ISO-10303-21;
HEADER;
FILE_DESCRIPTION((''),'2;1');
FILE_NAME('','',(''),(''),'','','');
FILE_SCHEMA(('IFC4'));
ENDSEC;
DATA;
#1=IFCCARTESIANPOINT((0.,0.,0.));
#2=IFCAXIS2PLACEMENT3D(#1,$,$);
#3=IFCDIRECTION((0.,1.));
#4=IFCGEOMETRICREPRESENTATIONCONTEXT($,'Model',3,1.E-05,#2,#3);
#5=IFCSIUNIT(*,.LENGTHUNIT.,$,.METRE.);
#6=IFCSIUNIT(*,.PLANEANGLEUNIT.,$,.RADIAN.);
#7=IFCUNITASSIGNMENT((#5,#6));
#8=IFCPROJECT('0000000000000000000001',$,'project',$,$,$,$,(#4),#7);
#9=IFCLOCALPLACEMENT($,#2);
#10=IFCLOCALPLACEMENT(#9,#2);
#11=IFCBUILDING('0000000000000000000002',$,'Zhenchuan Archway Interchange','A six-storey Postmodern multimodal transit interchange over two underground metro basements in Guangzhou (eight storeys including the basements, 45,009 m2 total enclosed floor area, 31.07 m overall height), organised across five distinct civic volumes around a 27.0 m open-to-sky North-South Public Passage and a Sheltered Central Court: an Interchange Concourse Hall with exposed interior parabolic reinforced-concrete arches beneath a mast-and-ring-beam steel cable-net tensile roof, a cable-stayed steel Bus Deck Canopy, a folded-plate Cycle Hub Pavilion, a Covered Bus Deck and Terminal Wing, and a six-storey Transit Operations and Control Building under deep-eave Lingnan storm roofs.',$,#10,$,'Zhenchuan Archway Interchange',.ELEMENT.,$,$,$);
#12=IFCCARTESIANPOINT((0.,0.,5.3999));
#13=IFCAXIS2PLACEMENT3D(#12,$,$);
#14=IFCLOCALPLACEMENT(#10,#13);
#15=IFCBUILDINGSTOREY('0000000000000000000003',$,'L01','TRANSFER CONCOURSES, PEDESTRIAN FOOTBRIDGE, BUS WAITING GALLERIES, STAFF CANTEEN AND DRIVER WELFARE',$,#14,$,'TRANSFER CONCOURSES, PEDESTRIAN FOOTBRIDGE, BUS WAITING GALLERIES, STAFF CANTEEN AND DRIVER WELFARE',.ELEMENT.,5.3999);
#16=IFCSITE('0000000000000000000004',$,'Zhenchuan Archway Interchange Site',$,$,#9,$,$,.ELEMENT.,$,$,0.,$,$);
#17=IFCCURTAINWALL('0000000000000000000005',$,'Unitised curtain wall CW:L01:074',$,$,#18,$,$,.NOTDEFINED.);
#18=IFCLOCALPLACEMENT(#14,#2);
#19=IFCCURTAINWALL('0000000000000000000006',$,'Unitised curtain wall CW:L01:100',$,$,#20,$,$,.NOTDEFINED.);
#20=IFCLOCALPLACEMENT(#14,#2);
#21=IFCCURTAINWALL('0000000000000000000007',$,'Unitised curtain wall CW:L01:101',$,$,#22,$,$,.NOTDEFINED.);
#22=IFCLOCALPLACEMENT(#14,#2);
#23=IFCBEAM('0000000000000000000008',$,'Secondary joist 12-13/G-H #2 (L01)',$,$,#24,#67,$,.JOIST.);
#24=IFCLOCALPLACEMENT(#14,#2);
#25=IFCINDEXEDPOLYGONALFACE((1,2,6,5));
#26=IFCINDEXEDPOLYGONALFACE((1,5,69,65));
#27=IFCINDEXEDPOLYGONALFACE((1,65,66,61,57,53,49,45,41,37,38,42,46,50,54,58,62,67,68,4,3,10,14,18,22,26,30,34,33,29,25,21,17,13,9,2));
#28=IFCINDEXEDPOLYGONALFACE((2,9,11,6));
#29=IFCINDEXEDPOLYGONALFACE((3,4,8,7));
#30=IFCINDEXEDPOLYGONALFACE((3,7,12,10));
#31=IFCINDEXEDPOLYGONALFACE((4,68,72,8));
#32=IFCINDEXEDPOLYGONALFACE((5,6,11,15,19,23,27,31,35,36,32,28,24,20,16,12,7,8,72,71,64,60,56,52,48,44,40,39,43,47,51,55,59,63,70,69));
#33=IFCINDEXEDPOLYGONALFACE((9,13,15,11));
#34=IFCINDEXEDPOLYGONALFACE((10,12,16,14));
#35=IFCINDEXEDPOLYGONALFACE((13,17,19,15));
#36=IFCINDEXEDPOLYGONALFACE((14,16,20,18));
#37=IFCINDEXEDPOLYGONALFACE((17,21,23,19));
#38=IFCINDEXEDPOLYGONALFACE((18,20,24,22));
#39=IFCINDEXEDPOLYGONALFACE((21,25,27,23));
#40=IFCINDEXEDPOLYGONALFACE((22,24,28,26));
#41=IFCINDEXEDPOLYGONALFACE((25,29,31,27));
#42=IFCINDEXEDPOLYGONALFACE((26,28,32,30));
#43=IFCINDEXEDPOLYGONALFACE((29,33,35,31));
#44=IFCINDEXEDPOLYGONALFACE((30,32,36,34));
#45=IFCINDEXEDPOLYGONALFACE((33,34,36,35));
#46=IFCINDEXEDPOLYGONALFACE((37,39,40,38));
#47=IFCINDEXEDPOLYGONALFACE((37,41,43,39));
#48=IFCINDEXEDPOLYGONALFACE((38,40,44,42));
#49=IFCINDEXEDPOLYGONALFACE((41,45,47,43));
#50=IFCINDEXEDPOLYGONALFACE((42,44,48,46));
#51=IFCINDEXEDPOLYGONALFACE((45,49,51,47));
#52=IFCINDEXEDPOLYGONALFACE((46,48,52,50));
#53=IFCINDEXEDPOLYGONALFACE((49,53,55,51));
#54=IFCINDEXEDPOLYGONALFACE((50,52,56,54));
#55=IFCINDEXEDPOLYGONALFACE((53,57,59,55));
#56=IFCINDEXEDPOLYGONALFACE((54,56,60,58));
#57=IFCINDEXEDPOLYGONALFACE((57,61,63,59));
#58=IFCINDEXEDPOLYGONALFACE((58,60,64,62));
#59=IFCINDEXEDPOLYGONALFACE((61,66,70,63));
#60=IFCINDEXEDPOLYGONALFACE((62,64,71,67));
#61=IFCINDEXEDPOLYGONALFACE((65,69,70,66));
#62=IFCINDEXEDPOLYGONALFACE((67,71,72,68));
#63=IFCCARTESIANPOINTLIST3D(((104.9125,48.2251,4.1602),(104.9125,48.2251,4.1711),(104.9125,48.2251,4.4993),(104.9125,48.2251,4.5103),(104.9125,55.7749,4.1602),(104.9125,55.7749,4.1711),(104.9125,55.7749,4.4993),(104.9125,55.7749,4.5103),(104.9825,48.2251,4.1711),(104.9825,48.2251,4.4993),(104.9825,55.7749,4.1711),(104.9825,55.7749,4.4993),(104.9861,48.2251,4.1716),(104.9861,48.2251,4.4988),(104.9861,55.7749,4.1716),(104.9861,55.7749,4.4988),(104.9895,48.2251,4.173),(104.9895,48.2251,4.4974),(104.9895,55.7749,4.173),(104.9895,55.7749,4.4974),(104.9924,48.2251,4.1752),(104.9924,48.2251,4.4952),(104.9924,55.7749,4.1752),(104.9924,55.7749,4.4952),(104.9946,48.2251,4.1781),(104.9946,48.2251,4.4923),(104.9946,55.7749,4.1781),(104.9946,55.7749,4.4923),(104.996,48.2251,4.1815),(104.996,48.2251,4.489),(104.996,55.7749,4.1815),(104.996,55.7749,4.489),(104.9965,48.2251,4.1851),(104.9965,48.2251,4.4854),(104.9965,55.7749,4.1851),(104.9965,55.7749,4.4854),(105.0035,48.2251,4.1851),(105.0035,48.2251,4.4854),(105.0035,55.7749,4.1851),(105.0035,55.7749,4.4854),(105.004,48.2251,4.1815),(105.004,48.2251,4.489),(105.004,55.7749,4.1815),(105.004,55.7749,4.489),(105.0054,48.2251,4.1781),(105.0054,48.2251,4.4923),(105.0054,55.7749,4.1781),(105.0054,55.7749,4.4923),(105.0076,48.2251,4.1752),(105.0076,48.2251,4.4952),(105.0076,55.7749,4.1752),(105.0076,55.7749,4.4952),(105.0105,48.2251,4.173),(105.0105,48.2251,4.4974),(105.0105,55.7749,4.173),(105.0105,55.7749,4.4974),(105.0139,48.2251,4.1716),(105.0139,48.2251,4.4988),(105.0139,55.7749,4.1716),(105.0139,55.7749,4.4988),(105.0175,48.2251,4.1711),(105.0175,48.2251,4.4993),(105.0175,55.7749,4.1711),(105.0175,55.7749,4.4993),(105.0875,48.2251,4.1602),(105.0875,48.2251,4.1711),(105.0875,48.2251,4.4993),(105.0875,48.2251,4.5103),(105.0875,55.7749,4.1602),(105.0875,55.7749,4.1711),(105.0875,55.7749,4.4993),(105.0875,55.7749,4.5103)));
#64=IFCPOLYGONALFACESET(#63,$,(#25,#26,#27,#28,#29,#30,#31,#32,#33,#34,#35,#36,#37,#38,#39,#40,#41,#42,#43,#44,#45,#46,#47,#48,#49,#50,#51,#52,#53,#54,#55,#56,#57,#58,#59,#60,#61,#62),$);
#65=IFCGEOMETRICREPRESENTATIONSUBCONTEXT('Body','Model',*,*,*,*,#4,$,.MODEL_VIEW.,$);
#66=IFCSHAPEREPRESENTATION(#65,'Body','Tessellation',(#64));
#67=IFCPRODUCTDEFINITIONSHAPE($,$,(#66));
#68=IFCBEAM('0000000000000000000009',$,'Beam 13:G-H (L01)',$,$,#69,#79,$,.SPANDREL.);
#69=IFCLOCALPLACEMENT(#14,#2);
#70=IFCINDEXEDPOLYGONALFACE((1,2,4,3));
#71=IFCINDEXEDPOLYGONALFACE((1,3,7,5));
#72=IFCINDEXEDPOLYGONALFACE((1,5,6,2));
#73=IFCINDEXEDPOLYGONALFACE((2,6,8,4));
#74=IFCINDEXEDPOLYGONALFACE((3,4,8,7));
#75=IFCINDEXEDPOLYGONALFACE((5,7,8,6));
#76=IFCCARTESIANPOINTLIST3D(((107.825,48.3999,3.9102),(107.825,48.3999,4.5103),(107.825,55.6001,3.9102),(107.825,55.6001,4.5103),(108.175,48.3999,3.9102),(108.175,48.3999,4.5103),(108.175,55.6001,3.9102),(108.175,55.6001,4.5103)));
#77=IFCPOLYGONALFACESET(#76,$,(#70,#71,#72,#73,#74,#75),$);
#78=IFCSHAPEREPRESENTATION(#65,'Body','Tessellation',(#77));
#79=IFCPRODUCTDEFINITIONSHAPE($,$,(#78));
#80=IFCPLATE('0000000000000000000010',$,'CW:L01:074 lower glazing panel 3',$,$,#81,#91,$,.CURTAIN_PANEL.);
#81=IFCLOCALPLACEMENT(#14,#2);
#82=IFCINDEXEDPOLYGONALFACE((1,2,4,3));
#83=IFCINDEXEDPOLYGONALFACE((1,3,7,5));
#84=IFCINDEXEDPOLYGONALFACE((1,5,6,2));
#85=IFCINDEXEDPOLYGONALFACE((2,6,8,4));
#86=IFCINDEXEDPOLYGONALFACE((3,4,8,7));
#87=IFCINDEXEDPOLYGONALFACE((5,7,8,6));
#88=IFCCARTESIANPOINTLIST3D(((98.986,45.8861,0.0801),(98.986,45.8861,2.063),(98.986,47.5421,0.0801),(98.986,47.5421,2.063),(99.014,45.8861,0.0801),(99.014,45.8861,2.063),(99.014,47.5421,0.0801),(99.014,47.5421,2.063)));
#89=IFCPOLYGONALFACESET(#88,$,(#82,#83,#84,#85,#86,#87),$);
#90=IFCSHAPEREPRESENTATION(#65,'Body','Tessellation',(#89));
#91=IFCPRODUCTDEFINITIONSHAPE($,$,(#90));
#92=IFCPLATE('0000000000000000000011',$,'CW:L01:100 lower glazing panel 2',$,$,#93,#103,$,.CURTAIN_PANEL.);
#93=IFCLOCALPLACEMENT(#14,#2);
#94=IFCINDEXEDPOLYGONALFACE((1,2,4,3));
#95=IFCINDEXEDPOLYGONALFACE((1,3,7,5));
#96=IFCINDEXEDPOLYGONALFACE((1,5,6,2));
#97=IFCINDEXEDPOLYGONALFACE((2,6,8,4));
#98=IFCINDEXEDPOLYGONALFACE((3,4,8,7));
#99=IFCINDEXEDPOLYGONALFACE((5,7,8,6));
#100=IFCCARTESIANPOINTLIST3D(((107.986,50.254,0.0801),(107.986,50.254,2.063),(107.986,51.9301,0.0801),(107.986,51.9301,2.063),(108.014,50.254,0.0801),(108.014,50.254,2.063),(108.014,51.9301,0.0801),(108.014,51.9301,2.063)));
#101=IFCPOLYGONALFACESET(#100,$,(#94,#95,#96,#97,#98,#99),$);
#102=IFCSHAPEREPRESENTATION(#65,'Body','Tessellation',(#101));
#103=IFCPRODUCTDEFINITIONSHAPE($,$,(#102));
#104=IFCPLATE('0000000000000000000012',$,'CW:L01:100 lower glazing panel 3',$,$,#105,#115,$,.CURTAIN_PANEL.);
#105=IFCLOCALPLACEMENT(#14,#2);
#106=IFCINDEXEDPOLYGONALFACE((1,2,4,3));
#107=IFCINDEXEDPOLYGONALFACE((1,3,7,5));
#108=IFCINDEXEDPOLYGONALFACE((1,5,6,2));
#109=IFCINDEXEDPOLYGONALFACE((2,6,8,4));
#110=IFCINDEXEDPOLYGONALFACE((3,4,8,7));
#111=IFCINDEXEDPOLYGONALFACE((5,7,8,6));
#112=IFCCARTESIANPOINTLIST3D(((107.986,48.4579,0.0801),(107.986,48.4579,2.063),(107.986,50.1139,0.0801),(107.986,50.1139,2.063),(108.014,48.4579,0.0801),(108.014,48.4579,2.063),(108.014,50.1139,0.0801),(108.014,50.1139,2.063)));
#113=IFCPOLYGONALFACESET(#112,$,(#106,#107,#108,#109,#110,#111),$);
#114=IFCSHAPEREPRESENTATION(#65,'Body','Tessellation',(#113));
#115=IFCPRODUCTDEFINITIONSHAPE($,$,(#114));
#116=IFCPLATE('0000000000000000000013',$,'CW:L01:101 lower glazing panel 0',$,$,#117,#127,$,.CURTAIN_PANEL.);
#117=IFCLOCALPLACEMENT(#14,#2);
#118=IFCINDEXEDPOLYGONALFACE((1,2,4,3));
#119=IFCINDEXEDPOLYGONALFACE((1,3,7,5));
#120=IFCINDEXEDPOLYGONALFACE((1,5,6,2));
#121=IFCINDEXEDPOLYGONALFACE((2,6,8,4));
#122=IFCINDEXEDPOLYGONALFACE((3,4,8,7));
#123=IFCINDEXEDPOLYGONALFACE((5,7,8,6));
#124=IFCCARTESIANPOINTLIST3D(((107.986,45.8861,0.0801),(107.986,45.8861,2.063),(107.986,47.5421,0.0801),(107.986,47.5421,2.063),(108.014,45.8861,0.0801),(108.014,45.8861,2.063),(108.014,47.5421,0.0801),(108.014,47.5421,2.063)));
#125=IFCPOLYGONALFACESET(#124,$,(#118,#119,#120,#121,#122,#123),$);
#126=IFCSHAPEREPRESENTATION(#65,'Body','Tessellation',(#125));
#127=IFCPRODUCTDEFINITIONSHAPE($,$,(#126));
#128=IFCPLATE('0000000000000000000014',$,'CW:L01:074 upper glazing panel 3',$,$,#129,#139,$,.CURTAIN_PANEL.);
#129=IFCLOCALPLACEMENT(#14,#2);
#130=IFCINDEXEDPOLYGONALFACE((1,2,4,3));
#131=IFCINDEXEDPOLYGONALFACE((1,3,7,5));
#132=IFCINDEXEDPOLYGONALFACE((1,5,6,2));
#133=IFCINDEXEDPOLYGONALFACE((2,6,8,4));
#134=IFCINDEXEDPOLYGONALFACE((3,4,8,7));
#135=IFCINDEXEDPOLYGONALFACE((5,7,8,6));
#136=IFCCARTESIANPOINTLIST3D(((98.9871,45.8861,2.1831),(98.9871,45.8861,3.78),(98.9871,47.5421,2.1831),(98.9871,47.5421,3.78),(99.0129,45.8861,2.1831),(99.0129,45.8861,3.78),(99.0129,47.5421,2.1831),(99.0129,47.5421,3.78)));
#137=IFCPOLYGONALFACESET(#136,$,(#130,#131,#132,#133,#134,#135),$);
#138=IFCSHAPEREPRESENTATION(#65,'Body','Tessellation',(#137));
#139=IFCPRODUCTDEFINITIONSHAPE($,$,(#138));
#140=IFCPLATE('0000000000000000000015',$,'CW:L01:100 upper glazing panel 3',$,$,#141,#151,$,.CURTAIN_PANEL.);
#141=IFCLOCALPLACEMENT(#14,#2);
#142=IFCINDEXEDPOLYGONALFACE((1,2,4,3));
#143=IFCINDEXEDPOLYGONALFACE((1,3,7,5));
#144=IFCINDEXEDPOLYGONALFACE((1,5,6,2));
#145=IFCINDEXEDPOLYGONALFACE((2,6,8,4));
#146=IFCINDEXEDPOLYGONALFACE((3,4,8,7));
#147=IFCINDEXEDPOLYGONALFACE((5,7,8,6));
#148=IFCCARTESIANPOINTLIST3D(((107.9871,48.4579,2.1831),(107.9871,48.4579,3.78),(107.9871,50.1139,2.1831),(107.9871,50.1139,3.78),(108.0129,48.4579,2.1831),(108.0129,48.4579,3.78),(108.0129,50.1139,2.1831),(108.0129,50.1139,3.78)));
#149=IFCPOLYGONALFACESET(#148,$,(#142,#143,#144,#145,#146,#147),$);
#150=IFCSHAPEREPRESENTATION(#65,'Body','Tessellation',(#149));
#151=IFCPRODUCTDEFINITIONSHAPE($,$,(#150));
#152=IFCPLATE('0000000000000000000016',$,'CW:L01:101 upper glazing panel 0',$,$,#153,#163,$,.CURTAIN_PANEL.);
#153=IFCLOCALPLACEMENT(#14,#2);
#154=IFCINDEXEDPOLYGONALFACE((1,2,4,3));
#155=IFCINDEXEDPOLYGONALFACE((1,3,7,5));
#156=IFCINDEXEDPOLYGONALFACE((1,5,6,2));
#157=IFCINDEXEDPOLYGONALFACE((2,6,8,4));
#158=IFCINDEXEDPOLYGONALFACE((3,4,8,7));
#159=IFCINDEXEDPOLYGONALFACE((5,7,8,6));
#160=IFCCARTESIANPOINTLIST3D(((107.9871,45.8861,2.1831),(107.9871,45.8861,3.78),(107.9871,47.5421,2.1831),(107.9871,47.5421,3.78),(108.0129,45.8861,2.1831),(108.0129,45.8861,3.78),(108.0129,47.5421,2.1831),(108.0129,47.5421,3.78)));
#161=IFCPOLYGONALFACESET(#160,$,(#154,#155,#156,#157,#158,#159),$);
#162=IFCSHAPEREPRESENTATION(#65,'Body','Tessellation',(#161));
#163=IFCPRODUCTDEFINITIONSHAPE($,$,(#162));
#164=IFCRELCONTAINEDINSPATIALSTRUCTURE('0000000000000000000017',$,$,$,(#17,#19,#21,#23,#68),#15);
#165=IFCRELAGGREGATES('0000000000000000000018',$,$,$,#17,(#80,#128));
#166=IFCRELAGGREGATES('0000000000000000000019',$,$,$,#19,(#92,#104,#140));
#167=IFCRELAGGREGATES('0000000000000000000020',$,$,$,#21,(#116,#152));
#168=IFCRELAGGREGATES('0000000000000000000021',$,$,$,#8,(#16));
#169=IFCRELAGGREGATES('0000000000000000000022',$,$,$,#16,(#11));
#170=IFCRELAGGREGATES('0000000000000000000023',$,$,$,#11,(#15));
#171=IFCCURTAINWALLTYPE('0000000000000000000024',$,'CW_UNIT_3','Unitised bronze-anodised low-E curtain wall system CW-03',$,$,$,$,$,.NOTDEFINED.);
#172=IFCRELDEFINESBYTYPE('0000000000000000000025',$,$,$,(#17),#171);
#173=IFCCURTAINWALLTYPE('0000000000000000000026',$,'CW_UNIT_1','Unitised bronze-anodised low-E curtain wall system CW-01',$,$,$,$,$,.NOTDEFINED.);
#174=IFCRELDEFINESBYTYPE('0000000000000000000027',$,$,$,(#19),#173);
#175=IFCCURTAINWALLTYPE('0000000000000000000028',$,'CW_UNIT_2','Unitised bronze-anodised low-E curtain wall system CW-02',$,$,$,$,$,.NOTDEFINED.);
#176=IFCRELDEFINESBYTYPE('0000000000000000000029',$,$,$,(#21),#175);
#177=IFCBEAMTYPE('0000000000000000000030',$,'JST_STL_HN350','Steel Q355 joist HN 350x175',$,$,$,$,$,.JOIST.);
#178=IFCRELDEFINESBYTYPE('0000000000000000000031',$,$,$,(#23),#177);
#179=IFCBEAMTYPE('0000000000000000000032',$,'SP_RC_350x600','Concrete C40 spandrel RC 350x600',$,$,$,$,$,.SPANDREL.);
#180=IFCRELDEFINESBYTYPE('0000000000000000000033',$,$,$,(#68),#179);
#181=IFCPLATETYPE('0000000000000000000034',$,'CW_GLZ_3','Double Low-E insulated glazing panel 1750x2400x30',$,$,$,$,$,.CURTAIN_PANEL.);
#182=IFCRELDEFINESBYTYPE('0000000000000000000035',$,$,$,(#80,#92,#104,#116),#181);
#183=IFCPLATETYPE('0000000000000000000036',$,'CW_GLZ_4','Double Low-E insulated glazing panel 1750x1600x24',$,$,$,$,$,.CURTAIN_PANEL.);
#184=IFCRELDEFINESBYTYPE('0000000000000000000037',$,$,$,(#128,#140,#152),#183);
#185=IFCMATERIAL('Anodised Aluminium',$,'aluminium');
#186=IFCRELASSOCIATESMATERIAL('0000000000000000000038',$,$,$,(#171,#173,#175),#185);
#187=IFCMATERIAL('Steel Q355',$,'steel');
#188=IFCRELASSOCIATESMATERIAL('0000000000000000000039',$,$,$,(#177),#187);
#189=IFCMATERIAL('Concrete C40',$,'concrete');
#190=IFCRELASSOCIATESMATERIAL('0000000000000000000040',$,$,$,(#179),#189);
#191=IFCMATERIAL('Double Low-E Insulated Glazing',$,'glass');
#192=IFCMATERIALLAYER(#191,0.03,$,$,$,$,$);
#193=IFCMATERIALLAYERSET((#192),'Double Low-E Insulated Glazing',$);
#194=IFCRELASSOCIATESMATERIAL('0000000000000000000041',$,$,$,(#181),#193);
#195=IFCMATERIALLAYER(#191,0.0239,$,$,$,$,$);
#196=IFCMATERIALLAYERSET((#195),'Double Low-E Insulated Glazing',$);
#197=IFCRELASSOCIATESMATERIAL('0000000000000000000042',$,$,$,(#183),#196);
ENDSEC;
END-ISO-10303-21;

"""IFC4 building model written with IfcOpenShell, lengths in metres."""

from ifc_helpers import new_model, si_unit, direction, frame, origin, origin_2d, place, context, subcontext, project, spatial, rectangle, i_section, extrude, material, layer, layer_set, material_profile, profile_set, type_object, element, aggregate, save


model = new_model("IFC4")

# Units and contexts
model_context = context("Model", 3, precision=1e-05, world=origin(), true_north=direction((0.0, 1.0)))
body_context = subcontext(model_context, "Body", "Model", "MODEL_VIEW")
ifc_project = project(units=[si_unit("LENGTHUNIT", "METRE"), si_unit("PLANEANGLEUNIT", "RADIAN")], contexts=[model_context])

# Site, building, storey
site_placement = place(None, origin())
site = spatial("IfcSite", under=ifc_project, at=site_placement, Name="Zhenchuan Archway Interchange Site", CompositionType="ELEMENT", RefElevation=0.0)
building_placement = place(site_placement, origin())
building = spatial("IfcBuilding", under=site, at=building_placement, Name="Zhenchuan Archway Interchange", Description="A six-storey Postmodern multimodal transit interchange over two underground metro basements in Guangzhou (eight storeys including the basements, 45,009 m2 total enclosed floor area, 31.07 m overall height), organised across five distinct civic volumes around a 27.0 m open-to-sky North-South Public Passage and a Sheltered Central Court: an Interchange Concourse Hall with exposed interior parabolic reinforced-concrete arches beneath a mast-and-ring-beam steel cable-net tensile roof, a cable-stayed steel Bus Deck Canopy, a folded-plate Cycle Hub Pavilion, a Covered Bus Deck and Terminal Wing, and a six-storey Transit Operations and Control Building under deep-eave Lingnan storm roofs.", LongName="Zhenchuan Archway Interchange", CompositionType="ELEMENT")
storey_placement = place(building_placement, frame((0.0, 0.0, 5.3999)))
storey = spatial("IfcBuildingStorey", under=building, at=storey_placement, Name="L01", Description="TRANSFER CONCOURSES, PEDESTRIAN FOOTBRIDGE, BUS WAITING GALLERIES, STAFF CANTEEN AND DRIVER WELFARE", LongName="TRANSFER CONCOURSES, PEDESTRIAN FOOTBRIDGE, BUS WAITING GALLERIES, STAFF CANTEEN AND DRIVER WELFARE", CompositionType="ELEMENT", Elevation=5.3999)

# Shared definitions
ifc_material_1 = material(Name="Concrete C40", Category="concrete")

# Curtain wall
ifc_material_2 = material(Name="Anodised Aluminium", Category="aluminium")
curtain_wall_type_1 = type_object("IfcCurtainWallType", Name="CW_UNIT_3", Description="Unitised bronze-anodised low-E curtain wall system CW-03", PredefinedType="NOTDEFINED", material=ifc_material_2)
curtain_wall_1_placement = place(storey_placement, origin())
curtain_wall_1 = element("IfcCurtainWall", 1, at=curtain_wall_1_placement, inside=storey, type_object=curtain_wall_type_1, Name="Unitised curtain wall CW:L01:074", PredefinedType="NOTDEFINED")

# Curtain wall
curtain_wall_type_2 = type_object("IfcCurtainWallType", Name="CW_UNIT_1", Description="Unitised bronze-anodised low-E curtain wall system CW-01", PredefinedType="NOTDEFINED", material=ifc_material_2)
curtain_wall_2_placement = place(storey_placement, origin())
curtain_wall_2 = element("IfcCurtainWall", 2, at=curtain_wall_2_placement, inside=storey, type_object=curtain_wall_type_2, Name="Unitised curtain wall CW:L01:100", PredefinedType="NOTDEFINED")

# Curtain wall
curtain_wall_type_3 = type_object("IfcCurtainWallType", Name="CW_UNIT_2", Description="Unitised bronze-anodised low-E curtain wall system CW-02", PredefinedType="NOTDEFINED", material=ifc_material_2)
curtain_wall_3_placement = place(storey_placement, origin())
curtain_wall_3 = element("IfcCurtainWall", 3, at=curtain_wall_3_placement, inside=storey, type_object=curtain_wall_type_3, Name="Unitised curtain wall CW:L01:101", PredefinedType="NOTDEFINED")

# Beams
ifc_material_3 = material(Name="Steel Q355", Category="steel")
ifc_material_profile_1 = material_profile(ifc_material_3, i_section(OverallWidth=0.175, OverallDepth=0.3501, WebThickness=0.0071, FlangeThickness=0.011, FilletRadius=0.0139, at=origin_2d()), Name="HN 350x175")
ifc_profile_set_1 = profile_set([ifc_material_profile_1], Name="Steel Q355")
beam_type_1 = type_object("IfcBeamType", Name="JST_STL_HN350", Description="Steel Q355 joist HN 350x175", PredefinedType="JOIST", material=ifc_profile_set_1)
for number, where, z_axis, x_axis, name in (
    (4, (105.0, 48.2251, 4.3352), (0.0, 1.0, 0.0), (-1.0, 0.0, 0.0), "Secondary joist 12-13/G-H #2 (L01)"),
):
    element("IfcBeam", number, at=place(storey_placement, frame(where, z_axis=z_axis, x_axis=x_axis)), inside=storey, type_object=beam_type_1, Name=name, PredefinedType="JOIST", context=body_context, shape_type="SweptSolid", body=[
        extrude(i_section(OverallWidth=0.175, OverallDepth=0.3501, WebThickness=0.0071, FlangeThickness=0.011, FilletRadius=0.0139, at=origin_2d()), origin(), (0.0, 0.0, 1.0), 7.5498),
    ])
ifc_material_profile_2 = material_profile(ifc_material_1, rectangle(XDim=0.3501, YDim=0.6001, at=origin_2d()), Name="RC 350x600")
ifc_profile_set_2 = profile_set([ifc_material_profile_2], Name="Concrete C40")
beam_type_2 = type_object("IfcBeamType", Name="SP_RC_350x600", Description="Concrete C40 spandrel RC 350x600", PredefinedType="SPANDREL", material=ifc_profile_set_2)
beam_1_placement = place(storey_placement, frame((108.0, 48.3999, 4.2102), z_axis=(0.0, 1.0, 0.0), x_axis=(-1.0, 0.0, 0.0)))
element("IfcBeam", 5, at=beam_1_placement, inside=storey, type_object=beam_type_2, Name="Beam 13:G-H (L01)", PredefinedType="SPANDREL", context=body_context, shape_type="SweptSolid", body=[
    extrude(rectangle(XDim=0.3501, YDim=0.6001, at=origin_2d()), origin(), (0.0, 0.0, 1.0), 7.2002),
])

# Plates
ifc_material_4 = material(Name="Double Low-E Insulated Glazing", Category="glass")
ifc_layer_1 = layer(ifc_material_4, 0.03)
ifc_layer_set_1 = layer_set([ifc_layer_1], Name="Double Low-E Insulated Glazing")
plate_type_1 = type_object("IfcPlateType", Name="CW_GLZ_3", Description="Double Low-E insulated glazing panel 1750x2400x30", PredefinedType="CURTAIN_PANEL", material=ifc_layer_set_1)
plate_1_placement = place(storey_placement, frame((99.0, 46.7141, 0.0801), z_axis=(0.0, 0.0, 1.0), x_axis=(0.0, 1.0, 0.0)))
plate_1 = element("IfcPlate", 6, at=plate_1_placement, type_object=plate_type_1, Name="CW:L01:074 lower glazing panel 3", PredefinedType="CURTAIN_PANEL", context=body_context, shape_type="SweptSolid", body=[
    extrude(rectangle(XDim=1.656, YDim=0.0281, at=origin_2d()), origin(), (0.0, 0.0, 1.0), 1.9829),
])
plate_2_placement = place(storey_placement, frame((108.0, 51.092, 0.0801), z_axis=(0.0, 0.0, 1.0), x_axis=(0.0, -1.0, 0.0)))
plate_2 = element("IfcPlate", 7, at=plate_2_placement, type_object=plate_type_1, Name="CW:L01:100 lower glazing panel 2", PredefinedType="CURTAIN_PANEL", context=body_context, shape_type="SweptSolid", body=[
    extrude(rectangle(XDim=1.676, YDim=0.0281, at=origin_2d()), origin(), (0.0, 0.0, 1.0), 1.9829),
])
plate_3_placement = place(storey_placement, frame((108.0, 49.2859, 0.0801), z_axis=(0.0, 0.0, 1.0), x_axis=(0.0, -1.0, 0.0)))
plate_3 = element("IfcPlate", 8, at=plate_3_placement, type_object=plate_type_1, Name="CW:L01:100 lower glazing panel 3", PredefinedType="CURTAIN_PANEL", context=body_context, shape_type="SweptSolid", body=[
    extrude(rectangle(XDim=1.656, YDim=0.0281, at=origin_2d()), origin(), (0.0, 0.0, 1.0), 1.9829),
])
plate_4_placement = place(storey_placement, frame((108.0, 46.7141, 0.0801), z_axis=(0.0, 0.0, 1.0), x_axis=(0.0, -1.0, 0.0)))
plate_4 = element("IfcPlate", 9, at=plate_4_placement, type_object=plate_type_1, Name="CW:L01:101 lower glazing panel 0", PredefinedType="CURTAIN_PANEL", context=body_context, shape_type="SweptSolid", body=[
    extrude(rectangle(XDim=1.656, YDim=0.0281, at=origin_2d()), origin(), (0.0, 0.0, 1.0), 1.9829),
])
ifc_layer_2 = layer(ifc_material_4, 0.0239)
ifc_layer_set_2 = layer_set([ifc_layer_2], Name="Double Low-E Insulated Glazing")
plate_type_2 = type_object("IfcPlateType", Name="CW_GLZ_4", Description="Double Low-E insulated glazing panel 1750x1600x24", PredefinedType="CURTAIN_PANEL", material=ifc_layer_set_2)
plate_5_placement = place(storey_placement, frame((99.0, 46.7141, 2.1831), z_axis=(0.0, 0.0, 1.0), x_axis=(0.0, 1.0, 0.0)))
plate_5 = element("IfcPlate", 10, at=plate_5_placement, type_object=plate_type_2, Name="CW:L01:074 upper glazing panel 3", PredefinedType="CURTAIN_PANEL", context=body_context, shape_type="SweptSolid", body=[
    extrude(rectangle(XDim=1.656, YDim=0.0259, at=origin_2d()), origin(), (0.0, 0.0, 1.0), 1.5969),
])
aggregate(curtain_wall_1, [plate_1, plate_5])
plate_6_placement = place(storey_placement, frame((108.0, 49.2859, 2.1831), z_axis=(0.0, 0.0, 1.0), x_axis=(0.0, -1.0, 0.0)))
plate_6 = element("IfcPlate", 11, at=plate_6_placement, type_object=plate_type_2, Name="CW:L01:100 upper glazing panel 3", PredefinedType="CURTAIN_PANEL", context=body_context, shape_type="SweptSolid", body=[
    extrude(rectangle(XDim=1.656, YDim=0.0259, at=origin_2d()), origin(), (0.0, 0.0, 1.0), 1.5969),
])
aggregate(curtain_wall_2, [plate_2, plate_3, plate_6])
plate_7_placement = place(storey_placement, frame((108.0, 46.7141, 2.1831), z_axis=(0.0, 0.0, 1.0), x_axis=(0.0, -1.0, 0.0)))
plate_7 = element("IfcPlate", 12, at=plate_7_placement, type_object=plate_type_2, Name="CW:L01:101 upper glazing panel 0", PredefinedType="CURTAIN_PANEL", context=body_context, shape_type="SweptSolid", body=[
    extrude(rectangle(XDim=1.656, YDim=0.0259, at=origin_2d()), origin(), (0.0, 0.0, 1.0), 1.5969),
])
aggregate(curtain_wall_3, [plate_4, plate_7])

save(model, "model.ifc")
